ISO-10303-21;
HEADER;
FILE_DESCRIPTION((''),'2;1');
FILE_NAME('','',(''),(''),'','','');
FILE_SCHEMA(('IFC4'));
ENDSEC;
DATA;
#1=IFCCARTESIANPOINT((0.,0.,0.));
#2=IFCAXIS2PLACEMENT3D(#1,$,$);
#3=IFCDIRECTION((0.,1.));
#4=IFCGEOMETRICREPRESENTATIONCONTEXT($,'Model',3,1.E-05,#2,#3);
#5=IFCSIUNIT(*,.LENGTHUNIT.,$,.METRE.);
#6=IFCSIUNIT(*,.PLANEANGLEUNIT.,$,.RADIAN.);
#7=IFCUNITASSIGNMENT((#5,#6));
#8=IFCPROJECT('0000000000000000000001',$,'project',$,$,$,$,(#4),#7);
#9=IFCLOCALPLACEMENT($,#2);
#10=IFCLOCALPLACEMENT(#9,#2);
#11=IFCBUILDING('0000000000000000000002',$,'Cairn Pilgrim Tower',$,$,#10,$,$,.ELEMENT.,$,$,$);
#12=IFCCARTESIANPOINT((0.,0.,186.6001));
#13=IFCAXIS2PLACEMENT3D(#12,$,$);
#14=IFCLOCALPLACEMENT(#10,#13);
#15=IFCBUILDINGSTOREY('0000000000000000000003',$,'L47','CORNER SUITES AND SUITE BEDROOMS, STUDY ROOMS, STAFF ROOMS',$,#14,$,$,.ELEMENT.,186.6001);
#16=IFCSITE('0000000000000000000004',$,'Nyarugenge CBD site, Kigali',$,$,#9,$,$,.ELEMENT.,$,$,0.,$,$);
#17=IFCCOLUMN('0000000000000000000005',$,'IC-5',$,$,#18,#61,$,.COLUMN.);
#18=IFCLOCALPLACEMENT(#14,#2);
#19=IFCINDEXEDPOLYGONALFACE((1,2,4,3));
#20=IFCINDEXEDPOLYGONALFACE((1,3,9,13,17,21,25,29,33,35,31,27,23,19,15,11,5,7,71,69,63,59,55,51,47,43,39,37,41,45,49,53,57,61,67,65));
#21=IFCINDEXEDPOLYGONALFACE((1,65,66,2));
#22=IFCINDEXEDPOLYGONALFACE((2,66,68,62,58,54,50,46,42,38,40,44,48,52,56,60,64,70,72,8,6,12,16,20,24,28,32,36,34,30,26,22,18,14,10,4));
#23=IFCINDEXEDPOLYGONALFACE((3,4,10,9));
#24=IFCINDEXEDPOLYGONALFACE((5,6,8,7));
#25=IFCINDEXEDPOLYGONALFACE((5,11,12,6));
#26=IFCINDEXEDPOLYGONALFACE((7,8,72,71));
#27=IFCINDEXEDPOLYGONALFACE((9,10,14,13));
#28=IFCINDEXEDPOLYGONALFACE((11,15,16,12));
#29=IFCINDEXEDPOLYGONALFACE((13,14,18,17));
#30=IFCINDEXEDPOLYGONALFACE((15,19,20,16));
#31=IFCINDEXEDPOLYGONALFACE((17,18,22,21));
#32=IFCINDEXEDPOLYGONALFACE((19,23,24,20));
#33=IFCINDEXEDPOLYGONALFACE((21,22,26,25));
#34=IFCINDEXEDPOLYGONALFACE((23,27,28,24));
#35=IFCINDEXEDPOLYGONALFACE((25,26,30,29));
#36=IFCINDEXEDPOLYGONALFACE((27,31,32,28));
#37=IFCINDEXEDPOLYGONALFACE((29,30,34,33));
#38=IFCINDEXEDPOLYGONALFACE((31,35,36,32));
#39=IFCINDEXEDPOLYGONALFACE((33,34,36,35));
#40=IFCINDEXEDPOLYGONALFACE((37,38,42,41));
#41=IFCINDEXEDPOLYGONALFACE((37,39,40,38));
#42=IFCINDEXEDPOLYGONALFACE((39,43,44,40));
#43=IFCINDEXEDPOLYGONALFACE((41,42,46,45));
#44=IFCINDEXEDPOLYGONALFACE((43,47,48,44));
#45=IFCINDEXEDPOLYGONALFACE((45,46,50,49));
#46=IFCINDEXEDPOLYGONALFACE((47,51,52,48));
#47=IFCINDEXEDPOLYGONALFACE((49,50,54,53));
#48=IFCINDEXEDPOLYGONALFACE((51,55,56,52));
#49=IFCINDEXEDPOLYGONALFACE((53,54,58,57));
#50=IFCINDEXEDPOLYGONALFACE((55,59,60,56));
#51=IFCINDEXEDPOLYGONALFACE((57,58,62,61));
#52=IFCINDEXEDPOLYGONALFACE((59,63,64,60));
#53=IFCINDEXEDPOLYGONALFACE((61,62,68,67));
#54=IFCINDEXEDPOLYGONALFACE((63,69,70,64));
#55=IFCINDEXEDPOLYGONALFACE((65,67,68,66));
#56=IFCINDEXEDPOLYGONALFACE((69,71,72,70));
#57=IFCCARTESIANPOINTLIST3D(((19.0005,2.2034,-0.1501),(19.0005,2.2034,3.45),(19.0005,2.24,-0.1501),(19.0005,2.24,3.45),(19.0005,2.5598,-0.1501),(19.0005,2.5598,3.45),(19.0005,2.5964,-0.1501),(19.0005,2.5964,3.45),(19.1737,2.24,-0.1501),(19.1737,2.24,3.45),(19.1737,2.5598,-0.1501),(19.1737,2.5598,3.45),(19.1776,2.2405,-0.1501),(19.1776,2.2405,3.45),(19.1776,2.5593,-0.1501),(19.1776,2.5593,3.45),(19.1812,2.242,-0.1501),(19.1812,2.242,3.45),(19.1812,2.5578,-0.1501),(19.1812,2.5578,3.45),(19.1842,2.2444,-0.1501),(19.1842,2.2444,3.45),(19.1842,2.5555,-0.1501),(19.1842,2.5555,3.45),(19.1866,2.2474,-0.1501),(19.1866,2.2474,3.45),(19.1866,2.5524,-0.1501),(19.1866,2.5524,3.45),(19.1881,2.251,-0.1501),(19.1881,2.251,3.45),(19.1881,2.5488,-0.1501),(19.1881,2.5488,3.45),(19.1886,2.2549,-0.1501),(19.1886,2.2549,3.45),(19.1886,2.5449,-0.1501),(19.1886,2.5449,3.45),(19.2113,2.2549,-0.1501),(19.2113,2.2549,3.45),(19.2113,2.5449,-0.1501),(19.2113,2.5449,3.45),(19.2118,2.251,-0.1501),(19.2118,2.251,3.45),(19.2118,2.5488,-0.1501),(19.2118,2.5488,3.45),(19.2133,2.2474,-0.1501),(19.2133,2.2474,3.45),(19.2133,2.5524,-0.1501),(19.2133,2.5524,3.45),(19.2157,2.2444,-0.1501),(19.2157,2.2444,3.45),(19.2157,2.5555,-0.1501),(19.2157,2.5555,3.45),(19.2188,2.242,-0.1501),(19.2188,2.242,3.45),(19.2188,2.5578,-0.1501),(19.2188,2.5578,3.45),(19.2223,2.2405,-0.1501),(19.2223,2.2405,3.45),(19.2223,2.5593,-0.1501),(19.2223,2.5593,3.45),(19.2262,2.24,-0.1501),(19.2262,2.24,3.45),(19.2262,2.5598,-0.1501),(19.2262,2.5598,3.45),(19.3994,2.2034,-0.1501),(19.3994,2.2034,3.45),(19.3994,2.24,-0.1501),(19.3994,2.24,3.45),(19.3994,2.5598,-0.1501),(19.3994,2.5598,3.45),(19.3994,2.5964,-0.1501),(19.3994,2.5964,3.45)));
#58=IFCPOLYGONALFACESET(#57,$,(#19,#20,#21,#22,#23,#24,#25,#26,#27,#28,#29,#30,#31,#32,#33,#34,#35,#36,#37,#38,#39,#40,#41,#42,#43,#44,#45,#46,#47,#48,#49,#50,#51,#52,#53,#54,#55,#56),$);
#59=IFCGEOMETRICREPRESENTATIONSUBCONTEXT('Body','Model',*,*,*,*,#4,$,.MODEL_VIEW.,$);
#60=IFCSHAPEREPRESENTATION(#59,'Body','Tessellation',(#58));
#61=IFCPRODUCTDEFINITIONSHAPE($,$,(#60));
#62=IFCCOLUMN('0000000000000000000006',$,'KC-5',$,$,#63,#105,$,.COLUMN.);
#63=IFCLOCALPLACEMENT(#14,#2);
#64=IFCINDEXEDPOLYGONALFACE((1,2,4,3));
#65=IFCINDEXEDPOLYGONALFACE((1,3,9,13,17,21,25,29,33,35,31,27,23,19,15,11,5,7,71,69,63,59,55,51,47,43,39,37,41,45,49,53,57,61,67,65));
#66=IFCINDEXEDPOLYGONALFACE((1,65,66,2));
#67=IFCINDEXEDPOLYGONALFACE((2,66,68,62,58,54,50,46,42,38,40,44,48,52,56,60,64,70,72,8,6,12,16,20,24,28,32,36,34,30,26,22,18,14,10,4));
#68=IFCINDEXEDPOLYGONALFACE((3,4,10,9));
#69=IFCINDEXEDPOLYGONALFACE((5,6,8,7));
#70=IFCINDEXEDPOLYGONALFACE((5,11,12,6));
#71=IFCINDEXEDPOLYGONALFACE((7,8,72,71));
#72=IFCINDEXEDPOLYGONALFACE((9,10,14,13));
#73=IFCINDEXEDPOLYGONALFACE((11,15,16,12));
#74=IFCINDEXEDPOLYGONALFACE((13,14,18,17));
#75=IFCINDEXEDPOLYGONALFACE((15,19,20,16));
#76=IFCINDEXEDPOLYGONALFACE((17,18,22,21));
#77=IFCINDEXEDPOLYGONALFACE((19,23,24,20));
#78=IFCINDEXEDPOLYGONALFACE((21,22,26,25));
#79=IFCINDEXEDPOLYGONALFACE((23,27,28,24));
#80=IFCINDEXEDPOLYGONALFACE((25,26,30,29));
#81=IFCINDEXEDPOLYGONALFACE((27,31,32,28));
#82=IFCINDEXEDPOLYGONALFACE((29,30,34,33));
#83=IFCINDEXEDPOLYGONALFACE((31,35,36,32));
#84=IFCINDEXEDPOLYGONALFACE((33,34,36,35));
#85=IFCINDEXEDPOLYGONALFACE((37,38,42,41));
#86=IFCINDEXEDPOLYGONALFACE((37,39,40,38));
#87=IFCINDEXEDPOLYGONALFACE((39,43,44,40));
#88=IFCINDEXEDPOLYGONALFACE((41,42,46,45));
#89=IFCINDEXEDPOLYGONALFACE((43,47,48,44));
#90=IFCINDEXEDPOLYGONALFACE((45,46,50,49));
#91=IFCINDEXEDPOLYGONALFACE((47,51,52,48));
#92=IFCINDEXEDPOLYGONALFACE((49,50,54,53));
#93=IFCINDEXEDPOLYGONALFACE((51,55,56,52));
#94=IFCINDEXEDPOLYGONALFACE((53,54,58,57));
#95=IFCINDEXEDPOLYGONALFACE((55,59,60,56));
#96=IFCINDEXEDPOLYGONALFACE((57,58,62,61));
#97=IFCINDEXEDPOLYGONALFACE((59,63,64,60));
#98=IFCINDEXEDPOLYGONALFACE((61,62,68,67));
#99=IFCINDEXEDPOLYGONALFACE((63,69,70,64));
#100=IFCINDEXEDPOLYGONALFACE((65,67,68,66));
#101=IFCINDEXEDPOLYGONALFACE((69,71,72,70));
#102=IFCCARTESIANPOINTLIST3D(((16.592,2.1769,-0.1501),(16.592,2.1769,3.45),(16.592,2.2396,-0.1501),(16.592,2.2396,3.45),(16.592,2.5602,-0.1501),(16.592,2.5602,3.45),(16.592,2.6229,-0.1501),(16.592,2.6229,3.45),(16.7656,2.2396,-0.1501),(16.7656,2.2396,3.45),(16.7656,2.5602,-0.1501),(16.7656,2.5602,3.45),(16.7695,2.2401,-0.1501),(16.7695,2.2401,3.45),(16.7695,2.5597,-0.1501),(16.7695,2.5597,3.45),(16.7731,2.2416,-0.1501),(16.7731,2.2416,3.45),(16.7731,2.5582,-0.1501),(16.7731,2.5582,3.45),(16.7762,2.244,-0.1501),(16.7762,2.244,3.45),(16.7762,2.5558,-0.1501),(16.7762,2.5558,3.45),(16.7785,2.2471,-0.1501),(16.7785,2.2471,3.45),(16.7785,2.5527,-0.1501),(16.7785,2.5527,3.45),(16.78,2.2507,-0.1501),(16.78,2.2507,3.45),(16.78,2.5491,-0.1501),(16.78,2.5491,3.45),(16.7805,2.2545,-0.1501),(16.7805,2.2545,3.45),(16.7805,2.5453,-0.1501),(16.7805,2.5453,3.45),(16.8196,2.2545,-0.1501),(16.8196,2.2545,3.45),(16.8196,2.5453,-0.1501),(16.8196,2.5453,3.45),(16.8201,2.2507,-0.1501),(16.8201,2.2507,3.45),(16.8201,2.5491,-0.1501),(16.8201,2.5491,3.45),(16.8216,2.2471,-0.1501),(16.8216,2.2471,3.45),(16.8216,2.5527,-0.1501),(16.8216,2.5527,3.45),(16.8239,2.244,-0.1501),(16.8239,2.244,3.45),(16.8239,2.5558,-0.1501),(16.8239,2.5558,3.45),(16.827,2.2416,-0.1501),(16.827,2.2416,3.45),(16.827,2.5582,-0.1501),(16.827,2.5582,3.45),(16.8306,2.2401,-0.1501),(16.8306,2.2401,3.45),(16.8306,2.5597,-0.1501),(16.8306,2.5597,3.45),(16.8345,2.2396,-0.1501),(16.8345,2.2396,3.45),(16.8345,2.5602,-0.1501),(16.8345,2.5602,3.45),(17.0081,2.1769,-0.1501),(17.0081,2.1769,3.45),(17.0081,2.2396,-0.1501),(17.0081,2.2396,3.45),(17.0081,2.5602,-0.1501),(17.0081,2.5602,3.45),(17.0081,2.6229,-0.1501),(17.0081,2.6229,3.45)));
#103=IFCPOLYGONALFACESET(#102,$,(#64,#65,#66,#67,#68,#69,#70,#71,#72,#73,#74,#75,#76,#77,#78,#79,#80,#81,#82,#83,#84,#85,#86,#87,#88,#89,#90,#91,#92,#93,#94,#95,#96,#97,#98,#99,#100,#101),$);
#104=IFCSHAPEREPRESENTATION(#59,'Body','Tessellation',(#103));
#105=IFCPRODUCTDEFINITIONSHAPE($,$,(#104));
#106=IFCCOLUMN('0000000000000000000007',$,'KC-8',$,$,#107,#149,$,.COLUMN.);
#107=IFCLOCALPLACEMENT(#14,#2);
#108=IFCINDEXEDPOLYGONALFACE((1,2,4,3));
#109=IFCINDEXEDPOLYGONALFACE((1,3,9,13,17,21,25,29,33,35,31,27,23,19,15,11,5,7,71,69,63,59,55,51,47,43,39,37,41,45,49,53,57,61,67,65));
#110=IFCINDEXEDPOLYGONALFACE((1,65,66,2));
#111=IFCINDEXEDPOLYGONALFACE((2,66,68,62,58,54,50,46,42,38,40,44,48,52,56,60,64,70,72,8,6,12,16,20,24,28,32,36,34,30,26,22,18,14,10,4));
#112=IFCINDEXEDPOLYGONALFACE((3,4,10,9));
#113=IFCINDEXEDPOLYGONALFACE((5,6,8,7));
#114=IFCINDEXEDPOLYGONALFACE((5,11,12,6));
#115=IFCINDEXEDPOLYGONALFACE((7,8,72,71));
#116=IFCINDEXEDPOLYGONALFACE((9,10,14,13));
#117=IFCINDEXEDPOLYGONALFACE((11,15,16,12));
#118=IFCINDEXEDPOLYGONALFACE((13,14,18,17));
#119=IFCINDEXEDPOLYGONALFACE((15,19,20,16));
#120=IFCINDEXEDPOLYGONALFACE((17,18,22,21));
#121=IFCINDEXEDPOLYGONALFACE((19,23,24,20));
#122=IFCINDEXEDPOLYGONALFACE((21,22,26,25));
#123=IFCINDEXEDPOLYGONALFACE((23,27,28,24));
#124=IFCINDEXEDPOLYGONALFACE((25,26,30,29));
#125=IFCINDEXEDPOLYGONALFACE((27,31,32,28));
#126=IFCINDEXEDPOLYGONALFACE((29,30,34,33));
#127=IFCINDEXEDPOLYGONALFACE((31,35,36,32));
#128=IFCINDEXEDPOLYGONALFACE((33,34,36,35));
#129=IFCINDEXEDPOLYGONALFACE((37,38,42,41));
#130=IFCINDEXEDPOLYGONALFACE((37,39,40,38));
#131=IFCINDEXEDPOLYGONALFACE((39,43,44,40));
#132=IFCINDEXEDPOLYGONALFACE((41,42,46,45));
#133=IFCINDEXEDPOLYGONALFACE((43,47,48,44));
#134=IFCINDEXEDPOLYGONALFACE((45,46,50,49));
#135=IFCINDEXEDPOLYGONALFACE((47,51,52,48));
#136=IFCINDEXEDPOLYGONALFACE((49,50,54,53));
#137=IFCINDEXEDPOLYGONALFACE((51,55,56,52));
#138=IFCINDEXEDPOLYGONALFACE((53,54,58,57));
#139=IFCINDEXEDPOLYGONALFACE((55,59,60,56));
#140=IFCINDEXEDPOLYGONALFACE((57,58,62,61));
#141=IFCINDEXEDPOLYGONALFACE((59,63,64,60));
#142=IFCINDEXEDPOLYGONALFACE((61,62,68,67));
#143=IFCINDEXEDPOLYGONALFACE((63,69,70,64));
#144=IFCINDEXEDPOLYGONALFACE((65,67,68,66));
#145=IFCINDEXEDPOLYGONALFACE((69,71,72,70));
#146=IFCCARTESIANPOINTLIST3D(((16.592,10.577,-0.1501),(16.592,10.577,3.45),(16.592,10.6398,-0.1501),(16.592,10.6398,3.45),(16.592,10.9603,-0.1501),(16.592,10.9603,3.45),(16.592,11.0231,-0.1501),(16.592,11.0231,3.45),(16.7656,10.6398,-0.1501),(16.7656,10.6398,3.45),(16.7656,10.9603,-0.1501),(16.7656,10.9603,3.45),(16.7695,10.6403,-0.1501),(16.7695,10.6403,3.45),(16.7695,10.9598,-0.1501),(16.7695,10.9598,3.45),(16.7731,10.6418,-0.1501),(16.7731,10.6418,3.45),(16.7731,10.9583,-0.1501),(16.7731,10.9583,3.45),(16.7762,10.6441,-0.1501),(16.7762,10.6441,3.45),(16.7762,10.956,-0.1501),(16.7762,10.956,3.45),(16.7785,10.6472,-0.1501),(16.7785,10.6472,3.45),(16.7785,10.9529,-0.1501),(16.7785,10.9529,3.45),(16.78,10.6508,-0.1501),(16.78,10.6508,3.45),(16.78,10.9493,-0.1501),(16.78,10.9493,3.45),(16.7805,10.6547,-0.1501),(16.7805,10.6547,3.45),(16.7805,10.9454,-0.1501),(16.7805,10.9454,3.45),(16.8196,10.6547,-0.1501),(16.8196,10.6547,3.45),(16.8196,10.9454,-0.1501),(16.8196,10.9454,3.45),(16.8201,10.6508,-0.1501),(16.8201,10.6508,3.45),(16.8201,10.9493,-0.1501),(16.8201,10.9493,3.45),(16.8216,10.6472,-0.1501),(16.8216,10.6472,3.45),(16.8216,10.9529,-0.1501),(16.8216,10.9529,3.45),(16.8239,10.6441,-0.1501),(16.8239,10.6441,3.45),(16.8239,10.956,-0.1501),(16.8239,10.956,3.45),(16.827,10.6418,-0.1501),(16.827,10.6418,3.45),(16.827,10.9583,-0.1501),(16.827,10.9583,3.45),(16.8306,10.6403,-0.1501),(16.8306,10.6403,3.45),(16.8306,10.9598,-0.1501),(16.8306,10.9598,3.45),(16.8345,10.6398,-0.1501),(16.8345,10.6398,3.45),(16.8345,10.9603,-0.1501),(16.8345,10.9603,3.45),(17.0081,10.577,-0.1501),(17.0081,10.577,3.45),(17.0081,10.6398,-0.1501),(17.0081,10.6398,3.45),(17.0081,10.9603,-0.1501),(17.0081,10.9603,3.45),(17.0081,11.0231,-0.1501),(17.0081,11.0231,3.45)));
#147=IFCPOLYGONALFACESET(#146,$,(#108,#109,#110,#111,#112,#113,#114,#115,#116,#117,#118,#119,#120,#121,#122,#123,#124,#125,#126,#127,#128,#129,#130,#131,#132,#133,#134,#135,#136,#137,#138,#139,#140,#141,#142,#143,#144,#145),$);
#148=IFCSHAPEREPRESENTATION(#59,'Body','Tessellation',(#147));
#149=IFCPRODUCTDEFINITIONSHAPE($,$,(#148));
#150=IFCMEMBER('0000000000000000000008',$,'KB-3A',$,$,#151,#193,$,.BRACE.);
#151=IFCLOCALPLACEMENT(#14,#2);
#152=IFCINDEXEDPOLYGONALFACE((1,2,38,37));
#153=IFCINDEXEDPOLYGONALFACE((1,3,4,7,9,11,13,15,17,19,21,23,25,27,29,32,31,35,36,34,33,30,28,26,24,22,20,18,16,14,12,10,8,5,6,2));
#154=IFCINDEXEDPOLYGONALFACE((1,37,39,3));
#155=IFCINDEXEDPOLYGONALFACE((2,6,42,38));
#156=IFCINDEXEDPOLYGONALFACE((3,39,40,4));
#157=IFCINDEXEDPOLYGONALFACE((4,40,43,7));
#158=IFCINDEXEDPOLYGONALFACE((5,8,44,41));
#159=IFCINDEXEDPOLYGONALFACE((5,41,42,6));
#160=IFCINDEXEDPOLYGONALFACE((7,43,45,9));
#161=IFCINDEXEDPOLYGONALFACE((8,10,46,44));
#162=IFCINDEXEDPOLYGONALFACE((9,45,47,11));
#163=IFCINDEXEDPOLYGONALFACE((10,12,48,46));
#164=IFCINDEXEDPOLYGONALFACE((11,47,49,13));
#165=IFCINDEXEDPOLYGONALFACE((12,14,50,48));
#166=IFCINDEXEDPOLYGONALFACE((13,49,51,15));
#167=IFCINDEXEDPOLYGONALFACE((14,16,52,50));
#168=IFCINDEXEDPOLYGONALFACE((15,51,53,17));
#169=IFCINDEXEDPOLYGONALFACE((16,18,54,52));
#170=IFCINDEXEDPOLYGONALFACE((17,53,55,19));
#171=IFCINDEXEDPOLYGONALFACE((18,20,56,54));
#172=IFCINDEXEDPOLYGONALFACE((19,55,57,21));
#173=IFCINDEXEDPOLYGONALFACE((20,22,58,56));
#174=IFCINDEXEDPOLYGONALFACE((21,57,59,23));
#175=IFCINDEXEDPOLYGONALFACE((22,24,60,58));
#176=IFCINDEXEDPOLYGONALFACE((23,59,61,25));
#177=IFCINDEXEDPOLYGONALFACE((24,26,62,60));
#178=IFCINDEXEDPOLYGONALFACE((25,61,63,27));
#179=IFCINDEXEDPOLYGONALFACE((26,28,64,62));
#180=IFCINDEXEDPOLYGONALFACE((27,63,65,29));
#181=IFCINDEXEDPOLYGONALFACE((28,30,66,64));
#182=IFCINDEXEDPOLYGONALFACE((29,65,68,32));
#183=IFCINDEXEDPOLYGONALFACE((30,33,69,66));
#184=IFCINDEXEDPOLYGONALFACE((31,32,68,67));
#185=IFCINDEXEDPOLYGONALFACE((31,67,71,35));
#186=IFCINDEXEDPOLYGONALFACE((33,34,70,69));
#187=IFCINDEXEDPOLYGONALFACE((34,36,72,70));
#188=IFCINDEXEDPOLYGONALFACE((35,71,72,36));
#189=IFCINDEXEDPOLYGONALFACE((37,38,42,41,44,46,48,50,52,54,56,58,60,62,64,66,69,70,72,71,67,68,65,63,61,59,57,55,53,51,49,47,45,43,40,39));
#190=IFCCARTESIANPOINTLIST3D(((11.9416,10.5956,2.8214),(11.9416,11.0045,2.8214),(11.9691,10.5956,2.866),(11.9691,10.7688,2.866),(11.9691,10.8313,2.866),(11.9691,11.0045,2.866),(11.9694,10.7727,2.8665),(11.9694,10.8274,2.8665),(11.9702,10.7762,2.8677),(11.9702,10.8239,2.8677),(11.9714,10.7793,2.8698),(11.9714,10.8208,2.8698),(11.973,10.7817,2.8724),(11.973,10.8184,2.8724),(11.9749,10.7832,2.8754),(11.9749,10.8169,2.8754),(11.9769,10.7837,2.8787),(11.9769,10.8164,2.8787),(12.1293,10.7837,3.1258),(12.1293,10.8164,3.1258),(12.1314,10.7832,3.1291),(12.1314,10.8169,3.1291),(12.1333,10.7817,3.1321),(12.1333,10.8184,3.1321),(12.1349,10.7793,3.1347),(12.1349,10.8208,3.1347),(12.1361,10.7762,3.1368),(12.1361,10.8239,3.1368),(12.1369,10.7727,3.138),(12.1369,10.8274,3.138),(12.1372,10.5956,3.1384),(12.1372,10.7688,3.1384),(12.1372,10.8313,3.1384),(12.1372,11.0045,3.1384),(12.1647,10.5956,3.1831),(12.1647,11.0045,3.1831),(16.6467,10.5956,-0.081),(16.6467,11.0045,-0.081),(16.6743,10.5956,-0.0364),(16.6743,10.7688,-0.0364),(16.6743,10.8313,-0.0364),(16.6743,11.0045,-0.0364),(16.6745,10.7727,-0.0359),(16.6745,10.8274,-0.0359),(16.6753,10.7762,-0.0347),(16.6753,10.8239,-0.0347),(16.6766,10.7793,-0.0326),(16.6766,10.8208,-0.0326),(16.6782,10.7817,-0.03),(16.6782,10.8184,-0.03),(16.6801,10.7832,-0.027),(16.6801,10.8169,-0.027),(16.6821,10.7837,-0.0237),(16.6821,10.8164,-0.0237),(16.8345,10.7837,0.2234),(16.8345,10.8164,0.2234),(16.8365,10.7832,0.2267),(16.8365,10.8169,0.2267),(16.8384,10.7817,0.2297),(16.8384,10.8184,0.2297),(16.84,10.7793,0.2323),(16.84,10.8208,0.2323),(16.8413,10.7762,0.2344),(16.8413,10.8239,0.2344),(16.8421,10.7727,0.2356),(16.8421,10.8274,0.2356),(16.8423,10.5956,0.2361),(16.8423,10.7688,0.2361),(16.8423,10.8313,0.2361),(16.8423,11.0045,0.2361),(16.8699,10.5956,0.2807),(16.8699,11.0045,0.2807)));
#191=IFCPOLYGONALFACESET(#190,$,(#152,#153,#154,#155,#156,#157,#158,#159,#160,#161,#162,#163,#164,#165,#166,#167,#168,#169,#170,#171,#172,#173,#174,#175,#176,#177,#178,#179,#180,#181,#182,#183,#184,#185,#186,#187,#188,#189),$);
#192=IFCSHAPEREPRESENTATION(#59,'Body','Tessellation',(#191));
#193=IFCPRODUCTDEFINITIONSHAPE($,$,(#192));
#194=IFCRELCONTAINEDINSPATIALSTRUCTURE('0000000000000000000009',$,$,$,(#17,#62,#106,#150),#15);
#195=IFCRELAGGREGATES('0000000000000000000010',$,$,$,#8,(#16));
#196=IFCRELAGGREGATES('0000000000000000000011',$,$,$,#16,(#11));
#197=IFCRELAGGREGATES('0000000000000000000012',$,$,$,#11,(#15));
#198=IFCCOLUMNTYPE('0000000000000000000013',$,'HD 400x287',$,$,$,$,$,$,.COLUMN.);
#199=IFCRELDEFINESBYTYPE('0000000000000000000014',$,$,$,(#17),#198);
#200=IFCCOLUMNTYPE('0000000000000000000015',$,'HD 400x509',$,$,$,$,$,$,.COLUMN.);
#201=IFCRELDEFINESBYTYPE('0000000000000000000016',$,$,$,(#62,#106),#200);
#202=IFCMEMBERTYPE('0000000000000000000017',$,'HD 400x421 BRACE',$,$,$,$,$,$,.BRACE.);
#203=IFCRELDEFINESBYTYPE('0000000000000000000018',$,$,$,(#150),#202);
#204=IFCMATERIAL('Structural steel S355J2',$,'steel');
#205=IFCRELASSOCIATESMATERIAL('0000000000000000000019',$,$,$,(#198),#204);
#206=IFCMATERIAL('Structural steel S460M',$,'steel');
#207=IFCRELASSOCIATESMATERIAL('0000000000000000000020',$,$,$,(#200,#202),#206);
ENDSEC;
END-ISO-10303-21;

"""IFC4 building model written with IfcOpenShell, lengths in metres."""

from ifc_helpers import new_model, si_unit, direction, frame, origin, origin_2d, place, context, subcontext, project, spatial, i_section, extrude, material, material_profile, profile_set, type_object, element, save


model = new_model("IFC4")

# Units and contexts
model_context = context("Model", 3, precision=1e-05, world=origin(), true_north=direction((0.0, 1.0)))
body_context = subcontext(model_context, "Body", "Model", "MODEL_VIEW")
ifc_project = project(units=[si_unit("LENGTHUNIT", "METRE"), si_unit("PLANEANGLEUNIT", "RADIAN")], contexts=[model_context])

# Site, building, storey
site_placement = place(None, origin())
site = spatial("IfcSite", under=ifc_project, at=site_placement, Name="Nyarugenge CBD site, Kigali", CompositionType="ELEMENT", RefElevation=0.0)
building_placement = place(site_placement, origin())
building = spatial("IfcBuilding", under=site, at=building_placement, Name="Cairn Pilgrim Tower", CompositionType="ELEMENT")
storey_placement = place(building_placement, frame((0.0, 0.0, 186.6001)))
storey = spatial("IfcBuildingStorey", under=building, at=storey_placement, Name="L47", Description="CORNER SUITES AND SUITE BEDROOMS, STUDY ROOMS, STAFF ROOMS", CompositionType="ELEMENT", Elevation=186.6001)

# Columns
ifc_material_1 = material(Name="Structural steel S355J2", Category="steel")
ifc_material_profile_1 = material_profile(ifc_material_1, i_section(OverallWidth=0.3989, OverallDepth=0.3931, WebThickness=0.0227, FlangeThickness=0.0366, FilletRadius=0.0149, at=origin_2d()), Name="HD 400x287")
ifc_profile_set_1 = profile_set([ifc_material_profile_1], Name="Structural steel S355J2")
column_type_1 = type_object("IfcColumnType", Name="HD 400x287", PredefinedType="COLUMN", material=ifc_profile_set_1)
column_placement = place(storey_placement, frame((19.2, 2.3999, -0.1501), z_axis=(0.0, 0.0, 1.0), x_axis=(1.0, 0.0, 0.0)))
element("IfcColumn", 1, at=column_placement, inside=storey, type_object=column_type_1, Name="IC-5", PredefinedType="COLUMN", context=body_context, shape_type="SweptSolid", body=[
    extrude(i_section(OverallWidth=0.3989, OverallDepth=0.3931, WebThickness=0.0227, FlangeThickness=0.0366, FilletRadius=0.0149, at=origin_2d()), origin(), (0.0, 0.0, 1.0), 3.6001),
])
ifc_material_2 = material(Name="Structural steel S460M", Category="steel")
ifc_material_profile_2 = material_profile(ifc_material_2, i_section(OverallWidth=0.416, OverallDepth=0.446, WebThickness=0.0391, FlangeThickness=0.0627, FilletRadius=0.0149, at=origin_2d()), Name="HD 400x509")
ifc_profile_set_2 = profile_set([ifc_material_profile_2], Name="Structural steel S460M")
column_type_2 = type_object("IfcColumnType", Name="HD 400x509", PredefinedType="COLUMN", material=ifc_profile_set_2)
for number, where, z_axis, x_axis, name in (
    (2, (16.8, 2.3999, -0.1501), (0.0, 0.0, 1.0), (1.0, 0.0, 0.0), "KC-5"),
    (3, (16.8, 10.8, -0.1501), (0.0, 0.0, 1.0), (1.0, 0.0, 0.0), "KC-8"),
):
    element("IfcColumn", number, at=place(storey_placement, frame(where, z_axis=z_axis, x_axis=x_axis)), inside=storey, type_object=column_type_2, Name=name, PredefinedType="COLUMN", context=body_context, shape_type="SweptSolid", body=[
        extrude(i_section(OverallWidth=0.416, OverallDepth=0.446, WebThickness=0.0391, FlangeThickness=0.0627, FilletRadius=0.0149, at=origin_2d()), origin(), (0.0, 0.0, 1.0), 3.6001),
    ])

# Member
ifc_material_profile_3 = material_profile(ifc_material_2, i_section(OverallWidth=0.4089, OverallDepth=0.425, WebThickness=0.0327, FlangeThickness=0.0525, FilletRadius=0.0149, at=origin_2d()), Name="HD 400x421")
ifc_profile_set_3 = profile_set([ifc_material_profile_3], Name="Structural steel S460M")
member_type = type_object("IfcMemberType", Name="HD 400x421 BRACE", PredefinedType="BRACE", material=ifc_profile_set_3)
member_placement = place(storey_placement, frame((16.7583, 10.8, 0.0999), z_axis=(-0.8511, 0.0, 0.525004), x_axis=(0.0, -1.0, 0.0)))
element("IfcMember", 4, at=member_placement, inside=storey, type_object=member_type, Name="KB-3A", PredefinedType="BRACE", context=body_context, shape_type="SweptSolid", body=[
    extrude(i_section(OverallWidth=0.4089, OverallDepth=0.425, WebThickness=0.0327, FlangeThickness=0.0525, FilletRadius=0.0149, at=origin_2d()), origin(), (0.0, 0.0, 1.0), 5.5283),
])

save(model, "model.ifc")
